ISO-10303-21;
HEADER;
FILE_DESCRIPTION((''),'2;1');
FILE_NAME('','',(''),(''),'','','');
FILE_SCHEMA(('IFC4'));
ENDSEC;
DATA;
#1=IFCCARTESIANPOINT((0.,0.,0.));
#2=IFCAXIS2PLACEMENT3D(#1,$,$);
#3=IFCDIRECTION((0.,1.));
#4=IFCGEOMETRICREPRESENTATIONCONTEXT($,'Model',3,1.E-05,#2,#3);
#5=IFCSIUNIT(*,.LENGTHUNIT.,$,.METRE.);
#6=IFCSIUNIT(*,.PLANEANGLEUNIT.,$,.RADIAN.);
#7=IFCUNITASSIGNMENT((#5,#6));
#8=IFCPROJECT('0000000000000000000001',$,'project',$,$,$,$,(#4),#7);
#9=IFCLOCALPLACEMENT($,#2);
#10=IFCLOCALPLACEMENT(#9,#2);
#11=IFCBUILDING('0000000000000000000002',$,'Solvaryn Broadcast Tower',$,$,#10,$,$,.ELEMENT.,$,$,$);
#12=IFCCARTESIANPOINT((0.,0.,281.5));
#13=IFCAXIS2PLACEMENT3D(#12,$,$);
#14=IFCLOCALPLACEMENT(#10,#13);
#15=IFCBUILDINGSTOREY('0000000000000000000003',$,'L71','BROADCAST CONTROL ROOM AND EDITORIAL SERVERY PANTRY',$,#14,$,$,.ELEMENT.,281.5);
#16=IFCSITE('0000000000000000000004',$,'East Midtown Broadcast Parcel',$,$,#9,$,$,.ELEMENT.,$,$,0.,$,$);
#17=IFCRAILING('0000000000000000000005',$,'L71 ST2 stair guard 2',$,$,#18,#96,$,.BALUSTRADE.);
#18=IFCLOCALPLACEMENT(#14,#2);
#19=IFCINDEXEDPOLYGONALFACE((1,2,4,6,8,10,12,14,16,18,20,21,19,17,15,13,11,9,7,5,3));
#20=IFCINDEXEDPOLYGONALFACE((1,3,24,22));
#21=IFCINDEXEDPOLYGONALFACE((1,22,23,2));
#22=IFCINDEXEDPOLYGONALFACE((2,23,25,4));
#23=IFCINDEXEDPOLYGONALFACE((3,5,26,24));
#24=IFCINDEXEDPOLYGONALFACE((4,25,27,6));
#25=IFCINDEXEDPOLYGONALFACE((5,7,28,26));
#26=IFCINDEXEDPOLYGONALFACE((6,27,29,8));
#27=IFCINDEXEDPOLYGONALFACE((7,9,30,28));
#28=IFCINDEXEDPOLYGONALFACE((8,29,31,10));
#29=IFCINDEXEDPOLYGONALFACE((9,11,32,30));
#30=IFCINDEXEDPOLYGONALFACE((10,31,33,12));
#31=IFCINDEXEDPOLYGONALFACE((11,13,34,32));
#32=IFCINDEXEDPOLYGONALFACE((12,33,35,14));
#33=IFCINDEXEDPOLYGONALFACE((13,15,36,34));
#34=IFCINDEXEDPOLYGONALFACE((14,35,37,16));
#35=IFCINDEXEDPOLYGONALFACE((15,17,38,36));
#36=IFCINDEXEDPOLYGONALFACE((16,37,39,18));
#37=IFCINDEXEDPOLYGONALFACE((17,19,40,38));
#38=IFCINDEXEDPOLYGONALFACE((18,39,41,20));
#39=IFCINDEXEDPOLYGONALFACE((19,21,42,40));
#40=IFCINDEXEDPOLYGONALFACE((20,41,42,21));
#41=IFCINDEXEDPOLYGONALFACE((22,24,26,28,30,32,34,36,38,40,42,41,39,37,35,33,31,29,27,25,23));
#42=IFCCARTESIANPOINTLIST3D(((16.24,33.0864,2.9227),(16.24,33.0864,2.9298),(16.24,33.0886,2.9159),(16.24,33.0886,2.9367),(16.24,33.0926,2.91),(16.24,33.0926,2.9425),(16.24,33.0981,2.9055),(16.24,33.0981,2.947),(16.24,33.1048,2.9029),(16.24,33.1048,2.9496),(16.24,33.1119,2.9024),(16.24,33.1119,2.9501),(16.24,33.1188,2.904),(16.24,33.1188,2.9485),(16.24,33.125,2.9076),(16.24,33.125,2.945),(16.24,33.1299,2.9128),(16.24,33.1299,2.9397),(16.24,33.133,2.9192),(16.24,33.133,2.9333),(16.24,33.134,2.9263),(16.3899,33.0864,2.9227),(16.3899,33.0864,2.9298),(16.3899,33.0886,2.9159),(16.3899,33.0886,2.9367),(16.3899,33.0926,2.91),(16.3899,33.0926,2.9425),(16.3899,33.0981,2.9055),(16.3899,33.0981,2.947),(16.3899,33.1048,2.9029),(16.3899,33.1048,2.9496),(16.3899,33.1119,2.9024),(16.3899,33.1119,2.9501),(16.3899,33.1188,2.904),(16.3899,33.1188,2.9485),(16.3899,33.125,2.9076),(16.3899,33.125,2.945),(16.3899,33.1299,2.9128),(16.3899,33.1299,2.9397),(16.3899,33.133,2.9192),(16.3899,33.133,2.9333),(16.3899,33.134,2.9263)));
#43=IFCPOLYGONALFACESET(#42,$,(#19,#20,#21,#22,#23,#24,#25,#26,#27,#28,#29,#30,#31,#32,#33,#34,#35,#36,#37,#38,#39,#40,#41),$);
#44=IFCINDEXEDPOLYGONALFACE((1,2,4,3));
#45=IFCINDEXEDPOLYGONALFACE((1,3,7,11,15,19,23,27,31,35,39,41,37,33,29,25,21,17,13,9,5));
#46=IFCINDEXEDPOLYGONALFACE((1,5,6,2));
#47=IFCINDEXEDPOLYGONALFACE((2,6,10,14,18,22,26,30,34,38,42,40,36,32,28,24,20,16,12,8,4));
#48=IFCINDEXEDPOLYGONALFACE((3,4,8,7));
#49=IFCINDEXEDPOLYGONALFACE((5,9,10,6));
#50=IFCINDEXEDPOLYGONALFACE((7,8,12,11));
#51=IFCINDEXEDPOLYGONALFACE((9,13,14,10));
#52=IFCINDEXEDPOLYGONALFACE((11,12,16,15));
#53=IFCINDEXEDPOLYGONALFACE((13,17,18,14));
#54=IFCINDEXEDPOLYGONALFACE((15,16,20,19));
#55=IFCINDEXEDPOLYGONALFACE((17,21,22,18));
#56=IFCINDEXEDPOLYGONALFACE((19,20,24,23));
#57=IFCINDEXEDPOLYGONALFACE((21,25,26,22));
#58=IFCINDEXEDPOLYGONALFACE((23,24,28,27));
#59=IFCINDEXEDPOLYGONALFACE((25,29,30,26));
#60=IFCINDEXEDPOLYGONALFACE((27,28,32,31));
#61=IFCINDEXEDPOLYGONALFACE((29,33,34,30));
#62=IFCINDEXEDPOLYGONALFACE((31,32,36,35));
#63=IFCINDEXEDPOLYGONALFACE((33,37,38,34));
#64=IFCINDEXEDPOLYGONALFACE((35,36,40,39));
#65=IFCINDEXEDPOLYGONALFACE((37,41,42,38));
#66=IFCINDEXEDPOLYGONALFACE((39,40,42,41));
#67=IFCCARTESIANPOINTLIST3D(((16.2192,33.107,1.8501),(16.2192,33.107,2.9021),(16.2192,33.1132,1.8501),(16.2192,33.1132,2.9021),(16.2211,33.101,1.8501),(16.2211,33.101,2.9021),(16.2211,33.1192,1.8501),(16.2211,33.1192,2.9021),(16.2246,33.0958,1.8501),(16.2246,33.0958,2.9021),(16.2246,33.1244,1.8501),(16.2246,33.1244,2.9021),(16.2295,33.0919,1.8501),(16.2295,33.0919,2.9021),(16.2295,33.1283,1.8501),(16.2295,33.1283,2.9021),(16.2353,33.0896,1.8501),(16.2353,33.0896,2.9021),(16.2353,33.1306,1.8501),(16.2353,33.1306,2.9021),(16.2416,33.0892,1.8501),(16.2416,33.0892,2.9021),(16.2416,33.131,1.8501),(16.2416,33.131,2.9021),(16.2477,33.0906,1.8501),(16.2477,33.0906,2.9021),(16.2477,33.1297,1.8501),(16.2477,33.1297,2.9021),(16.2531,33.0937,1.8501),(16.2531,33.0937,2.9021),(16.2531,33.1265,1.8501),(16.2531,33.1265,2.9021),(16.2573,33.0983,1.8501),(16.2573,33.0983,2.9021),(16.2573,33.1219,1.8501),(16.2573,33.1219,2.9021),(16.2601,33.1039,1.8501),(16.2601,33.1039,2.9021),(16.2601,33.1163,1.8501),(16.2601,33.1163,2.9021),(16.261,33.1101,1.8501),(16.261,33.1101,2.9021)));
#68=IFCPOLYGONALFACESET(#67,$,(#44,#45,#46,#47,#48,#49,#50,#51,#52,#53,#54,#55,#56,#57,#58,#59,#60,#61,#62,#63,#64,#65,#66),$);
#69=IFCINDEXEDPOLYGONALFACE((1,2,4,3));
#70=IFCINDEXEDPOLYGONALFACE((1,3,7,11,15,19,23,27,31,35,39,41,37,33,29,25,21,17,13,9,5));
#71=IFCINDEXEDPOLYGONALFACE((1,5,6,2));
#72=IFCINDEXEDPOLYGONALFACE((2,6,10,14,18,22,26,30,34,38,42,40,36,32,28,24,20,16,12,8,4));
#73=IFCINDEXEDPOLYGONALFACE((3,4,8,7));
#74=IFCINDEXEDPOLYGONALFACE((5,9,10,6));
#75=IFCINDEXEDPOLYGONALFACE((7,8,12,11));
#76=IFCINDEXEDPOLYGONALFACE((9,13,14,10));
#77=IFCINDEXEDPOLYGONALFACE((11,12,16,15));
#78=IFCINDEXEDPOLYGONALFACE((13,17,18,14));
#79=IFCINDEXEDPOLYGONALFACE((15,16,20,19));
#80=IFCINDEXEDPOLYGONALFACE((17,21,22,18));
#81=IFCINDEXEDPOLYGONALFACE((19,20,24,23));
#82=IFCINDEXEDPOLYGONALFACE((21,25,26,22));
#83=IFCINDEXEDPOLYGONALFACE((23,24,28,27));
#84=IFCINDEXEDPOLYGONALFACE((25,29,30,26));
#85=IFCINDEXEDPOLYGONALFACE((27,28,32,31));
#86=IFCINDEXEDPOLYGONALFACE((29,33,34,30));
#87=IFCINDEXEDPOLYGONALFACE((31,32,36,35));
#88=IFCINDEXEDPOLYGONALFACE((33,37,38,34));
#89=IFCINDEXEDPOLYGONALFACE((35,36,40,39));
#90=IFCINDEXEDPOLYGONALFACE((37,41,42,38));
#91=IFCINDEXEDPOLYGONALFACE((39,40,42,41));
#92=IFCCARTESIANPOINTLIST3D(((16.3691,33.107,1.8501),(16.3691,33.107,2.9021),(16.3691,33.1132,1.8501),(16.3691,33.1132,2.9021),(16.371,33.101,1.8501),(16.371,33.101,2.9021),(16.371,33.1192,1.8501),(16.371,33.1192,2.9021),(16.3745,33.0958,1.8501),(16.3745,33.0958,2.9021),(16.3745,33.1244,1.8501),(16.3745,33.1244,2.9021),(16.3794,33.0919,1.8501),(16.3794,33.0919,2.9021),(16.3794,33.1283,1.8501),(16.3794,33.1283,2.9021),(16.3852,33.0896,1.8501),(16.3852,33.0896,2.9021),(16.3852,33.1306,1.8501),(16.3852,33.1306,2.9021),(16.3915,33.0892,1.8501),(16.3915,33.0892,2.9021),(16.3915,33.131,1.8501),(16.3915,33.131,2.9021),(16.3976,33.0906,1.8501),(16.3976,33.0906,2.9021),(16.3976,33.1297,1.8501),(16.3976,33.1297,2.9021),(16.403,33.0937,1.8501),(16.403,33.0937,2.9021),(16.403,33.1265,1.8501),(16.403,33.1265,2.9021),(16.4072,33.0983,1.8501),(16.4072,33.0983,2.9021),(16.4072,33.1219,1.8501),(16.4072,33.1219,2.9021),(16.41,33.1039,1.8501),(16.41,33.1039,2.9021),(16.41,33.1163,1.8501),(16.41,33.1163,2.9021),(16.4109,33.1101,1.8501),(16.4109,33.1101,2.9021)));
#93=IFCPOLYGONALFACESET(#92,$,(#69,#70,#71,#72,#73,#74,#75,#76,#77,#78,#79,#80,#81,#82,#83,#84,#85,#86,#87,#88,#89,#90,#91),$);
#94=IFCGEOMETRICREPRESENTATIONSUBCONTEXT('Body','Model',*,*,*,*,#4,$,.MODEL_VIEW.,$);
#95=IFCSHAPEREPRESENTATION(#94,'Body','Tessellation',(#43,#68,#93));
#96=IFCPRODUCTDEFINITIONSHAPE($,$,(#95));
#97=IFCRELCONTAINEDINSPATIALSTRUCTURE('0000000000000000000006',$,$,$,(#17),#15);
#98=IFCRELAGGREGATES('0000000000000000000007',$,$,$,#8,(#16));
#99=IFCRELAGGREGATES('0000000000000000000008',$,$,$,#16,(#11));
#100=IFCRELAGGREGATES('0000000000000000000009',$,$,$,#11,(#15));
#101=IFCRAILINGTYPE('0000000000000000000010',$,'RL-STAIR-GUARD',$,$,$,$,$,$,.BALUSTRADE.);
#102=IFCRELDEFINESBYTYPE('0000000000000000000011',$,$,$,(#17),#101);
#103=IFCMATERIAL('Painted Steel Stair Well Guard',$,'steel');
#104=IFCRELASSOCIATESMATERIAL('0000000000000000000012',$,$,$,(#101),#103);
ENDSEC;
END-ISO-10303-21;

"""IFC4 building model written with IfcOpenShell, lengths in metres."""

from ifc_helpers import new_model, si_unit, direction, frame, origin, origin_2d, place, context, subcontext, project, spatial, circle, extrude, material, type_object, element, save


model = new_model("IFC4")

# Units and contexts
model_context = context("Model", 3, precision=1e-05, world=origin(), true_north=direction((0.0, 1.0)))
body_context = subcontext(model_context, "Body", "Model", "MODEL_VIEW")
ifc_project = project(units=[si_unit("LENGTHUNIT", "METRE"), si_unit("PLANEANGLEUNIT", "RADIAN")], contexts=[model_context])

# Site, building, storey
site_placement = place(None, origin())
site = spatial("IfcSite", under=ifc_project, at=site_placement, Name="East Midtown Broadcast Parcel", CompositionType="ELEMENT", RefElevation=0.0)
building_placement = place(site_placement, origin())
building = spatial("IfcBuilding", under=site, at=building_placement, Name="Solvaryn Broadcast Tower", CompositionType="ELEMENT")
storey_placement = place(building_placement, frame((0.0, 0.0, 281.5)))
storey = spatial("IfcBuildingStorey", under=building, at=storey_placement, Name="L71", Description="BROADCAST CONTROL ROOM AND EDITORIAL SERVERY PANTRY", CompositionType="ELEMENT", Elevation=281.5)

# Railing
ifc_material_1 = material(Name="Painted Steel Stair Well Guard", Category="steel")
railing_type_1 = type_object("IfcRailingType", Name="RL-STAIR-GUARD", PredefinedType="BALUSTRADE", material=ifc_material_1)
railing_1_placement = place(storey_placement, frame((16.24, 33.1101, 1.8501)))
element("IfcRailing", 1, at=railing_1_placement, inside=storey, type_object=railing_type_1, Name="L71 ST2 stair guard 2", PredefinedType="BALUSTRADE", context=body_context, shape_type="SweptSolid", body=[
    extrude(circle(Radius=0.0239, at=origin_2d()), frame((0.0, 0.0, 1.0762), z_axis=(1.0, 0.0, 0.0), x_axis=(0.0, 1.0, 0.0)), (0.0, 0.0, 1.0), 0.1499),
    extrude(circle(Radius=0.021, at=origin_2d()), origin(), (0.0, 0.0, 1.0), 1.052),
    extrude(circle(Radius=0.021, at=origin_2d()), frame((0.1499, 0.0, 0.0)), (0.0, 0.0, 1.0), 1.052),
])

save(model, "model.ifc")
